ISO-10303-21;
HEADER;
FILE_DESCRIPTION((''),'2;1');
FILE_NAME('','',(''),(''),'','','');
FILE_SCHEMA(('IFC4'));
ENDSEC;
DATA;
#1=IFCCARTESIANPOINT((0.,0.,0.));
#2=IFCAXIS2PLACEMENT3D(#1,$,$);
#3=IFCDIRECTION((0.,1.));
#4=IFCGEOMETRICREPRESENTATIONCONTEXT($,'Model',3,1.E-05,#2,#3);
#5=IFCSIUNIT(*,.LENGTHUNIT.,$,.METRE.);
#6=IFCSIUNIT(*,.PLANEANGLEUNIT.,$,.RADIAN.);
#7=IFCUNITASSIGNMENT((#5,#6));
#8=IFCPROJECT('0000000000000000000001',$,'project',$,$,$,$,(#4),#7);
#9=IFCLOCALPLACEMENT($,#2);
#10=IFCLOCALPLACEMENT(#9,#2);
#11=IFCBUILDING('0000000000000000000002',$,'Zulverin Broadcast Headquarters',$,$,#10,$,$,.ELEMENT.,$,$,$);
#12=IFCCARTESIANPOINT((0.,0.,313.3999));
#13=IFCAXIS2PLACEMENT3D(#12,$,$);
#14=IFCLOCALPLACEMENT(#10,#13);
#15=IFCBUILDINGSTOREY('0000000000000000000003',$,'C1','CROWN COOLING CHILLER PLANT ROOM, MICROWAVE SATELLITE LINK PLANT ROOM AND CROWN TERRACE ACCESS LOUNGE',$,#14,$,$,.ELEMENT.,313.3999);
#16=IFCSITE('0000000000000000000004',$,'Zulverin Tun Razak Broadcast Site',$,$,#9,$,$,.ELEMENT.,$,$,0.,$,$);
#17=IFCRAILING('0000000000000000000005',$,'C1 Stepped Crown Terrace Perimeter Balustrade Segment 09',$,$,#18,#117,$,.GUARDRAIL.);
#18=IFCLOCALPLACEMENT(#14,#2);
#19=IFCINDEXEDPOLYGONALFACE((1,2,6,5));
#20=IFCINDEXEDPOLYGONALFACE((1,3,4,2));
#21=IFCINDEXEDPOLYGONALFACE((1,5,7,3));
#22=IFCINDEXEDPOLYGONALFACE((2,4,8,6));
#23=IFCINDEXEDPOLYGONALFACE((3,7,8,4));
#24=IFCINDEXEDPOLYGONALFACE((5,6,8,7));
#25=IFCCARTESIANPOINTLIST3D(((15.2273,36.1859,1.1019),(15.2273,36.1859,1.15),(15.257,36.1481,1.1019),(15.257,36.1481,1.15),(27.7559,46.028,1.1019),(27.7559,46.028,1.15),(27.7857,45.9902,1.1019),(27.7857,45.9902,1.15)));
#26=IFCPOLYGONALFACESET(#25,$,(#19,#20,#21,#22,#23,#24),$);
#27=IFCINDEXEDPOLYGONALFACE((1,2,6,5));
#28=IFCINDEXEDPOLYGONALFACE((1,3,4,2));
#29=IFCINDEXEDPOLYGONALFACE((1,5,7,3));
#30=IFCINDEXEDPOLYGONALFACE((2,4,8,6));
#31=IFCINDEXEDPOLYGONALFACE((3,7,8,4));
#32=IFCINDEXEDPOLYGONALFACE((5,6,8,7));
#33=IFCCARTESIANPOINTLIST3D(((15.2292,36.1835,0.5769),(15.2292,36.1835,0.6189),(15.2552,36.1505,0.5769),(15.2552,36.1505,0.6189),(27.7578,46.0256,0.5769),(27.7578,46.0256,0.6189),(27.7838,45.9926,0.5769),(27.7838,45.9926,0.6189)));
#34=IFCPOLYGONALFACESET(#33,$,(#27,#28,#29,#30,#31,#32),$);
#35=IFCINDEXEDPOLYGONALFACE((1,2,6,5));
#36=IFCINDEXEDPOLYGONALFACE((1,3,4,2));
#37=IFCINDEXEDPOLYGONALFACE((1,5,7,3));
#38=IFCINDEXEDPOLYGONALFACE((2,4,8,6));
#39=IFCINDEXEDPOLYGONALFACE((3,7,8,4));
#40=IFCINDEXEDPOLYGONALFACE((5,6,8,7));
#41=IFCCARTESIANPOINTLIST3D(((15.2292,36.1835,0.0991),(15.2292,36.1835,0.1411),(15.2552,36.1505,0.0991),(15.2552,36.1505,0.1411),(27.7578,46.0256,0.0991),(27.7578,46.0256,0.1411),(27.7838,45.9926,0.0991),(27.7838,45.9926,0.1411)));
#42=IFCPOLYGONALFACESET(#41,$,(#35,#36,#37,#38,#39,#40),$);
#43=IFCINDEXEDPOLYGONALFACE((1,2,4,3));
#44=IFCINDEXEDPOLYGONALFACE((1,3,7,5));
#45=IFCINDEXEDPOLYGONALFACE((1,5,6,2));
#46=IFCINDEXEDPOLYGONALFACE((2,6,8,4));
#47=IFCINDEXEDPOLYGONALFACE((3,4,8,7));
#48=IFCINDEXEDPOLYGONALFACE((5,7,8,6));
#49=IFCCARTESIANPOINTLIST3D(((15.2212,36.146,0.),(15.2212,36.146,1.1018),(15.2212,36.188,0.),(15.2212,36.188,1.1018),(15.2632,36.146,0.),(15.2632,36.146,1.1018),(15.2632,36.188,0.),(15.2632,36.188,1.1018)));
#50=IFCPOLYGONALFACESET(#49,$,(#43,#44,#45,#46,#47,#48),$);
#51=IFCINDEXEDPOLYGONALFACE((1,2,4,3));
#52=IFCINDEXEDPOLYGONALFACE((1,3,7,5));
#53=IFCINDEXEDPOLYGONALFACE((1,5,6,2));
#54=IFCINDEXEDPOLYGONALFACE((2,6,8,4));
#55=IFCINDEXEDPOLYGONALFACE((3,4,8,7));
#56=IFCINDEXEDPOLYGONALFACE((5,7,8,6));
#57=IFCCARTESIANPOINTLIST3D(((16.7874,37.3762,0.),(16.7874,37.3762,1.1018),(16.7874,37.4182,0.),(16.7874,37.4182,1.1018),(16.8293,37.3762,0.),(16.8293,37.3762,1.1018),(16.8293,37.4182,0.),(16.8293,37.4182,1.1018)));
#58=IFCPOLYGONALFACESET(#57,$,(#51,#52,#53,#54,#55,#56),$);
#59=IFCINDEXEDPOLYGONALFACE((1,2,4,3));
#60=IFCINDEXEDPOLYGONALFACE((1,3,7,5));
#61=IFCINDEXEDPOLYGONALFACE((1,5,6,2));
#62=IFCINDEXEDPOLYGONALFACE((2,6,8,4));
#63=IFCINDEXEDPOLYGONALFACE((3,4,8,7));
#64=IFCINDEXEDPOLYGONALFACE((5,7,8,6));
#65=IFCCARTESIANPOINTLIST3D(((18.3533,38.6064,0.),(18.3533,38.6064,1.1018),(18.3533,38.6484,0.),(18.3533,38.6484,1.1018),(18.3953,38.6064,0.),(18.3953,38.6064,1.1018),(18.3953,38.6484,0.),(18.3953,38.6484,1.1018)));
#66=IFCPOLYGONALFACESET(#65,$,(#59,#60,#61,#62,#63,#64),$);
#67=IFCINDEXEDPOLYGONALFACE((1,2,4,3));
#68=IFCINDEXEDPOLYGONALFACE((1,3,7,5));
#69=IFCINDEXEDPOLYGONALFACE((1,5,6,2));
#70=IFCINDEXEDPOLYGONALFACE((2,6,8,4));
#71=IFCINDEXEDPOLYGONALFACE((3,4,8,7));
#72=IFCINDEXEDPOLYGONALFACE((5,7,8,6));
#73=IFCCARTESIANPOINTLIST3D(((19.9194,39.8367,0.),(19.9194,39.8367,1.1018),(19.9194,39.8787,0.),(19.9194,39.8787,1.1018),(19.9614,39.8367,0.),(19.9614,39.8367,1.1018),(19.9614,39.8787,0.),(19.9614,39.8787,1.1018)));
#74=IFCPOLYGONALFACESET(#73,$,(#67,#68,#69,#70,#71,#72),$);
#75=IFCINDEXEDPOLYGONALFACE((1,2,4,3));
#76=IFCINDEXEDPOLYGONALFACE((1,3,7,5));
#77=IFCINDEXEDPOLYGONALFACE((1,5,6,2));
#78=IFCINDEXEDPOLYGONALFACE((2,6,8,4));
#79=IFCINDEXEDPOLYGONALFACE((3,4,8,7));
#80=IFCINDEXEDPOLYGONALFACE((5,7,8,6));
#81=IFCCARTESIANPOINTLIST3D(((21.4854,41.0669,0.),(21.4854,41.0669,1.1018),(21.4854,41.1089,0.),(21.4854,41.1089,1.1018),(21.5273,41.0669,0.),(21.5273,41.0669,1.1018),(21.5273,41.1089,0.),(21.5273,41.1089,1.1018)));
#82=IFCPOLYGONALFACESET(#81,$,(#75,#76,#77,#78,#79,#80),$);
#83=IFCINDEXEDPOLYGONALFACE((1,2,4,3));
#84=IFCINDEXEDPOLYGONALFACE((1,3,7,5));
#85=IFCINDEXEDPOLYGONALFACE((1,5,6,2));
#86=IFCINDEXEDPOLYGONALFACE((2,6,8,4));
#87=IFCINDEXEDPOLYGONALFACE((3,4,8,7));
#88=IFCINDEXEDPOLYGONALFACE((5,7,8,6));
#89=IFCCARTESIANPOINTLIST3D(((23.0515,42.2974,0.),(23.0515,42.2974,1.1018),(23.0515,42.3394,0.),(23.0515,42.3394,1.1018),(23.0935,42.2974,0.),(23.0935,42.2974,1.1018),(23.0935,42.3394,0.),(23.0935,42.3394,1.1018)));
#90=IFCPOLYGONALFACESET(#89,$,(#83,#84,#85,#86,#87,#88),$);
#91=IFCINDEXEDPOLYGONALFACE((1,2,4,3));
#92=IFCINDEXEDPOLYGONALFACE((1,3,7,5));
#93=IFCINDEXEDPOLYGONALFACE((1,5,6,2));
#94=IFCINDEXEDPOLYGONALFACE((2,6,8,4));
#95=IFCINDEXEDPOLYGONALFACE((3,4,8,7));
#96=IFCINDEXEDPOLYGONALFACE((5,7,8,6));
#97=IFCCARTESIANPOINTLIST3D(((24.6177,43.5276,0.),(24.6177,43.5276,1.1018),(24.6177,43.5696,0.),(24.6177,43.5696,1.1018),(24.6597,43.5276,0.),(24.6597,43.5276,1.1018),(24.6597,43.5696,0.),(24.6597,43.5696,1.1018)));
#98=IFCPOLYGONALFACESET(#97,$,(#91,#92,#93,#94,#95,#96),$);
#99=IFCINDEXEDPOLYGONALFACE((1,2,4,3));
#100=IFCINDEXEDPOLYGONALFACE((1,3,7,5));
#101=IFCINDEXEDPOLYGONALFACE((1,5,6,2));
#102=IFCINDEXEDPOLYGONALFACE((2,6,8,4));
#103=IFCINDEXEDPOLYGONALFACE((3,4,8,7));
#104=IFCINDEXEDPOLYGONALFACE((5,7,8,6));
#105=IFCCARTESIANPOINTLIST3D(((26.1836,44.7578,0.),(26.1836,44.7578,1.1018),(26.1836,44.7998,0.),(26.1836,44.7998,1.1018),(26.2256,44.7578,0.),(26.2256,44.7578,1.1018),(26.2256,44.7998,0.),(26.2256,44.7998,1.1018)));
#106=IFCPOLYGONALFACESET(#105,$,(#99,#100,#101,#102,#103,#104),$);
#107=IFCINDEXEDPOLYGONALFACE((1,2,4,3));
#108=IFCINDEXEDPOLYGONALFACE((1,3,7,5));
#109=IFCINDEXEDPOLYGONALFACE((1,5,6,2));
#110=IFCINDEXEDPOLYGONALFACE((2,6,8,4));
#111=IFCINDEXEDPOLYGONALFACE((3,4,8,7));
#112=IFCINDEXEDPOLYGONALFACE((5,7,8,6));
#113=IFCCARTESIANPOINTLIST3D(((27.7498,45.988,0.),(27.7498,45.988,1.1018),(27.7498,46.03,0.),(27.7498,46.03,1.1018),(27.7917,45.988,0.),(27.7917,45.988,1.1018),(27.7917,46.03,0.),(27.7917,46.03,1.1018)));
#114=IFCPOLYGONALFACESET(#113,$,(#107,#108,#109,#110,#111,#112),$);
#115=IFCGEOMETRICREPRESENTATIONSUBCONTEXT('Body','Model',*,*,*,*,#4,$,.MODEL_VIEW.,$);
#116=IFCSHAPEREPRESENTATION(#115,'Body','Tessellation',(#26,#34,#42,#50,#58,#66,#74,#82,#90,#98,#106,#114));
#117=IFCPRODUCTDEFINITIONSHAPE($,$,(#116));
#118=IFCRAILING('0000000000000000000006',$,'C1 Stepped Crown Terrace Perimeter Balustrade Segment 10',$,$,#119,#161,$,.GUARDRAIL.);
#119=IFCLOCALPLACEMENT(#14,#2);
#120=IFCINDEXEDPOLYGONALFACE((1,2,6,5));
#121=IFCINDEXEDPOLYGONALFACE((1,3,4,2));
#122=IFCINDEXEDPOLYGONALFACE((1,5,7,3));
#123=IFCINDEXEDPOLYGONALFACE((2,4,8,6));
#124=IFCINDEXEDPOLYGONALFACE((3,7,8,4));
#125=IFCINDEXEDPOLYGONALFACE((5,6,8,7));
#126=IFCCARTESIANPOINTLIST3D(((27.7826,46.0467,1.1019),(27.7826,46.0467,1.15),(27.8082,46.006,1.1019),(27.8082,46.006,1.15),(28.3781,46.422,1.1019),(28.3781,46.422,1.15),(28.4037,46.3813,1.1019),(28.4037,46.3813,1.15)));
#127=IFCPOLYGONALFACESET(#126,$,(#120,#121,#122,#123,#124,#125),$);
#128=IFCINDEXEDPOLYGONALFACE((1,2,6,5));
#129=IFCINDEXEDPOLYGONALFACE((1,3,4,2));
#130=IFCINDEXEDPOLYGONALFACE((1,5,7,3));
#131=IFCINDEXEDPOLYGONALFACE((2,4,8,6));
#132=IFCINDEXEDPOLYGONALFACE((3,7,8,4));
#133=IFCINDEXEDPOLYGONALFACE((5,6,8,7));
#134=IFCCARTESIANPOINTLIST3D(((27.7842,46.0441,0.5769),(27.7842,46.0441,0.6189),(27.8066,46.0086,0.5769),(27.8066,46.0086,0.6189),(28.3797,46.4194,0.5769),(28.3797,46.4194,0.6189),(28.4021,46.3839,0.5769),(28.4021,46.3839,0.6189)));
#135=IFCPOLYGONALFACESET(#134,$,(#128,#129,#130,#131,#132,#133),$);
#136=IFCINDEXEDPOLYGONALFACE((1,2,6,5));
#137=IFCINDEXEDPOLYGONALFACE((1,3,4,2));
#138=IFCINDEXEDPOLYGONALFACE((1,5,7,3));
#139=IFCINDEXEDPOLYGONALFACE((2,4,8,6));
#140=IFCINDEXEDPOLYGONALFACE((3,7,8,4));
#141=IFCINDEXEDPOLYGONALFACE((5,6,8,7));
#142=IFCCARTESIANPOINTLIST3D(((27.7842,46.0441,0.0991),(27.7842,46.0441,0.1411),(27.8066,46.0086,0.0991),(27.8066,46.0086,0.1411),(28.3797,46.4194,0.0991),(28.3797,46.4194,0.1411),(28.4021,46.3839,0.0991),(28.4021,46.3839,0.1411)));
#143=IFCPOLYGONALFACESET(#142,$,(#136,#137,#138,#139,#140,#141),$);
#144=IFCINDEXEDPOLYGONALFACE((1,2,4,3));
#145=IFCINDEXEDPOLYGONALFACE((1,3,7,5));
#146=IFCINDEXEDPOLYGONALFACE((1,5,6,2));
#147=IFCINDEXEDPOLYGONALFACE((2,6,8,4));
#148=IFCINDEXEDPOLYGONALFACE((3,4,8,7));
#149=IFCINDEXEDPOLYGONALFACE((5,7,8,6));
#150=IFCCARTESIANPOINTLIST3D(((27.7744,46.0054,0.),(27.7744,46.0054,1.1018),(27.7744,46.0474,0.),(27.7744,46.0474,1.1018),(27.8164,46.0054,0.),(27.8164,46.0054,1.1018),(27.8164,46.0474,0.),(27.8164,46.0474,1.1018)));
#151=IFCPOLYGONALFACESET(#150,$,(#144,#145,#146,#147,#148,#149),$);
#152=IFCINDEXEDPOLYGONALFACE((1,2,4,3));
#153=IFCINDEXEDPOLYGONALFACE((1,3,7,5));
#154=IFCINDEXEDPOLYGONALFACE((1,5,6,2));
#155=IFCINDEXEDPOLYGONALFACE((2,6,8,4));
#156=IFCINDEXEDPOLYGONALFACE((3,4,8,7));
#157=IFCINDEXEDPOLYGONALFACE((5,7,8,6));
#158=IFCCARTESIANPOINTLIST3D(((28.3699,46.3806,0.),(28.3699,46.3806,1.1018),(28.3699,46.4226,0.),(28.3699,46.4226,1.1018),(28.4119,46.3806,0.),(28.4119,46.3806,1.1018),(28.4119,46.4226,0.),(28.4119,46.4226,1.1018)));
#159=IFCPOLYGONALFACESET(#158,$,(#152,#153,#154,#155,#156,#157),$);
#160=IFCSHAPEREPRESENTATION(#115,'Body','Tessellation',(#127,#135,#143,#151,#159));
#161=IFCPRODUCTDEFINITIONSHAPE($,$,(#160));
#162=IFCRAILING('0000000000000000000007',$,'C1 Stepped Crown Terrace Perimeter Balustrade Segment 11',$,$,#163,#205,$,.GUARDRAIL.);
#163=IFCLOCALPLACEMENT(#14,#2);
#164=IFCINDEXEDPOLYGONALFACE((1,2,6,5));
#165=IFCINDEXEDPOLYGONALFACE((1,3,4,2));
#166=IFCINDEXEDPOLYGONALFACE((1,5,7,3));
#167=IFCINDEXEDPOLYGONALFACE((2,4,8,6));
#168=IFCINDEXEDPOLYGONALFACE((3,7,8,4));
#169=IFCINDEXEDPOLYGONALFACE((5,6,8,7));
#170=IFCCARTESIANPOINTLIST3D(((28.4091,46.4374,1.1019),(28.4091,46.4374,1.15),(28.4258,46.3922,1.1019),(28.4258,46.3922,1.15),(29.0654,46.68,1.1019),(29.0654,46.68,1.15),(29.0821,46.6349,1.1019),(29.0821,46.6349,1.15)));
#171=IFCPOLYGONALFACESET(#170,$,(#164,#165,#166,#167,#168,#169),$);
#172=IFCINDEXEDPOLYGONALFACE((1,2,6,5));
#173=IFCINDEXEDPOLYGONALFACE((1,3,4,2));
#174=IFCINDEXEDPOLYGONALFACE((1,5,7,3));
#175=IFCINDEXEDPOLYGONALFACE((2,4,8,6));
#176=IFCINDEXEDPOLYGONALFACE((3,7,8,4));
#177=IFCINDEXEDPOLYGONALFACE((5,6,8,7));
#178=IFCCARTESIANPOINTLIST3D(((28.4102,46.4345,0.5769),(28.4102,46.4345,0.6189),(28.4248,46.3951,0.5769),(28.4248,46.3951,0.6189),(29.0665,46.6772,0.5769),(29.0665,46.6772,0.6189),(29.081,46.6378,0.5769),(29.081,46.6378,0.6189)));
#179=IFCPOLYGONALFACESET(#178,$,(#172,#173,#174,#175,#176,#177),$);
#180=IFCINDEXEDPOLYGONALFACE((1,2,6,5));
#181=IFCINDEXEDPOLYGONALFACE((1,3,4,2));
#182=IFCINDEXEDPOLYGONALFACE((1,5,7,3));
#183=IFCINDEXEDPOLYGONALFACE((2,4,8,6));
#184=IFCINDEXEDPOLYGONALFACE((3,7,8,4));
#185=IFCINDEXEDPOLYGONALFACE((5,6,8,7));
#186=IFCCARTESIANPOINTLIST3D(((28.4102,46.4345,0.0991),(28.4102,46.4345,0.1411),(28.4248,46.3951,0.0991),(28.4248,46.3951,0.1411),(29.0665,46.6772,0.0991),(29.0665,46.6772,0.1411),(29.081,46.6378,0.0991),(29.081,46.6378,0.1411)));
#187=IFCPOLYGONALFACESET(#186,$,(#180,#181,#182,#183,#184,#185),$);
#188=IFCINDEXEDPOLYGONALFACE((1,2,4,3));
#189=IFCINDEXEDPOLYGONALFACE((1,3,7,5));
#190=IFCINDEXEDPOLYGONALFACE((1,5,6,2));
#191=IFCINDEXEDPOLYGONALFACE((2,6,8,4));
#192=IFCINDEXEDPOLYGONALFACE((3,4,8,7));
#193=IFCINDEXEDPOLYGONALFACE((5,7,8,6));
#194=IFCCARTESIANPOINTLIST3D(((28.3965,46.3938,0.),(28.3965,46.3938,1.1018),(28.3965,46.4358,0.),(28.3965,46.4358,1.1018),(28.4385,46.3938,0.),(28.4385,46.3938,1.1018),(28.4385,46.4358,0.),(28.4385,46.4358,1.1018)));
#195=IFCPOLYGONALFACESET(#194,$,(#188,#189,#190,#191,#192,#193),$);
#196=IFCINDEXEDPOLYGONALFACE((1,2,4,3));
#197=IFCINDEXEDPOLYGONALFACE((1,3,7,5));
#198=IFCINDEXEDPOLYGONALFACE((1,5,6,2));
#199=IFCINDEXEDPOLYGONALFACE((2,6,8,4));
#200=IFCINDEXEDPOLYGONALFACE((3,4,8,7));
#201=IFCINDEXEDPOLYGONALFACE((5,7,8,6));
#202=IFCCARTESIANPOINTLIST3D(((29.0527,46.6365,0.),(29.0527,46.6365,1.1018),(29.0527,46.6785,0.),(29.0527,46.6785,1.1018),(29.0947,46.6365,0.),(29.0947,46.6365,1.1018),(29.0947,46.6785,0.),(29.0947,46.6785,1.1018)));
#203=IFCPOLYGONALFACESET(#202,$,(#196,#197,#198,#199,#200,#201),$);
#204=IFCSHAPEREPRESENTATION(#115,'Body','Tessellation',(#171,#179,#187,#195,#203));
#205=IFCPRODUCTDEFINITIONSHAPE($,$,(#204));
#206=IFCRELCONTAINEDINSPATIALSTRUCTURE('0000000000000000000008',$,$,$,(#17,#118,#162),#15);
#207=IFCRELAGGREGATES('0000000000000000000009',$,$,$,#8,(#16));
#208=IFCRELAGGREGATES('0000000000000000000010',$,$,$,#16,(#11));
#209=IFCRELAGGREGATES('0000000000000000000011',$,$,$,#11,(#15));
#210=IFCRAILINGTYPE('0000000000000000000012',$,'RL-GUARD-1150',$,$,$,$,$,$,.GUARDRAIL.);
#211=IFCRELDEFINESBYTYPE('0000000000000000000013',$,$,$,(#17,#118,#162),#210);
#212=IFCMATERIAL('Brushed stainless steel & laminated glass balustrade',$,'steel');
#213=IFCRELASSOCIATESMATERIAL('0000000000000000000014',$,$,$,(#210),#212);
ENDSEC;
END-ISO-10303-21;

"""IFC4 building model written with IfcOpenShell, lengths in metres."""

from ifc_helpers import new_model, si_unit, direction, frame, origin, origin_2d, place, context, subcontext, project, spatial, rectangle, extrude, material, type_object, element, save


model = new_model("IFC4")

# Units and contexts
model_context = context("Model", 3, precision=1e-05, world=origin(), true_north=direction((0.0, 1.0)))
body_context = subcontext(model_context, "Body", "Model", "MODEL_VIEW")
ifc_project = project(units=[si_unit("LENGTHUNIT", "METRE"), si_unit("PLANEANGLEUNIT", "RADIAN")], contexts=[model_context])

# Site, building, storey
site_placement = place(None, origin())
site = spatial("IfcSite", under=ifc_project, at=site_placement, Name="Zulverin Tun Razak Broadcast Site", CompositionType="ELEMENT", RefElevation=0.0)
building_placement = place(site_placement, origin())
building = spatial("IfcBuilding", under=site, at=building_placement, Name="Zulverin Broadcast Headquarters", CompositionType="ELEMENT")
storey_placement = place(building_placement, frame((0.0, 0.0, 313.3999)))
storey = spatial("IfcBuildingStorey", under=building, at=storey_placement, Name="C1", Description="CROWN COOLING CHILLER PLANT ROOM, MICROWAVE SATELLITE LINK PLANT ROOM AND CROWN TERRACE ACCESS LOUNGE", CompositionType="ELEMENT", Elevation=313.3999)

# Railings
ifc_material_1 = material(Name="Brushed stainless steel & laminated glass balustrade", Category="steel")
railing_type = type_object("IfcRailingType", Name="RL-GUARD-1150", PredefinedType="GUARDRAIL", material=ifc_material_1)
railing_1_placement = place(storey_placement, frame((15.2422, 36.167, 0.0)))
element("IfcRailing", 1, at=railing_1_placement, inside=storey, type_object=railing_type, Name="C1 Stepped Crown Terrace Perimeter Balustrade Segment 09", PredefinedType="GUARDRAIL", context=body_context, shape_type="SweptSolid", body=[
    extrude(rectangle(XDim=0.0481, YDim=0.0481, at=origin_2d()), frame((0.0, 0.0, 1.126), z_axis=(0.786374, 0.61775, 0.0), x_axis=(-0.61775, 0.786374, 0.0)), (0.0, 0.0, 1.0), 15.9321),
    extrude(rectangle(XDim=0.042, YDim=0.042, at=origin_2d()), frame((0.0, 0.0, 0.5979), z_axis=(0.786374, 0.61775, 0.0), x_axis=(-0.61775, 0.786374, 0.0)), (0.0, 0.0, 1.0), 15.9321),
    extrude(rectangle(XDim=0.042, YDim=0.042, at=origin_2d()), frame((0.0, 0.0, 0.1201), z_axis=(0.786374, 0.61775, 0.0), x_axis=(-0.61775, 0.786374, 0.0)), (0.0, 0.0, 1.0), 15.9321),
    extrude(rectangle(XDim=0.042, YDim=0.042, at=origin_2d()), origin(), (0.0, 0.0, 1.0), 1.1018),
    extrude(rectangle(XDim=0.042, YDim=0.042, at=origin_2d()), frame((1.5662, 1.2302, 0.0)), (0.0, 0.0, 1.0), 1.1018),
    extrude(rectangle(XDim=0.042, YDim=0.042, at=origin_2d()), frame((3.1321, 2.4604, 0.0)), (0.0, 0.0, 1.0), 1.1018),
    extrude(rectangle(XDim=0.042, YDim=0.042, at=origin_2d()), frame((4.6982, 3.6907, 0.0)), (0.0, 0.0, 1.0), 1.1018),
    extrude(rectangle(XDim=0.042, YDim=0.042, at=origin_2d()), frame((6.2642, 4.9209, 0.0)), (0.0, 0.0, 1.0), 1.1018),
    extrude(rectangle(XDim=0.042, YDim=0.042, at=origin_2d()), frame((7.8303, 6.1514, 0.0)), (0.0, 0.0, 1.0), 1.1018),
    extrude(rectangle(XDim=0.042, YDim=0.042, at=origin_2d()), frame((9.3965, 7.3816, 0.0)), (0.0, 0.0, 1.0), 1.1018),
    extrude(rectangle(XDim=0.042, YDim=0.042, at=origin_2d()), frame((10.9624, 8.6118, 0.0)), (0.0, 0.0, 1.0), 1.1018),
    extrude(rectangle(XDim=0.042, YDim=0.042, at=origin_2d()), frame((12.5286, 9.842, 0.0)), (0.0, 0.0, 1.0), 1.1018),
])
railing_2_placement = place(storey_placement, frame((27.7954, 46.0264, 0.0)))
element("IfcRailing", 2, at=railing_2_placement, inside=storey, type_object=railing_type, Name="C1 Stepped Crown Terrace Perimeter Balustrade Segment 10", PredefinedType="GUARDRAIL", context=body_context, shape_type="SweptSolid", body=[
    extrude(rectangle(XDim=0.0481, YDim=0.0481, at=origin_2d()), frame((0.0, 0.0, 1.126), z_axis=(0.846024, 0.533144, 0.0), x_axis=(-0.533144, 0.846024, 0.0)), (0.0, 0.0, 1.0), 0.7039),
    extrude(rectangle(XDim=0.042, YDim=0.042, at=origin_2d()), frame((0.0, 0.0, 0.5979), z_axis=(0.846024, 0.533144, 0.0), x_axis=(-0.533144, 0.846024, 0.0)), (0.0, 0.0, 1.0), 0.7039),
    extrude(rectangle(XDim=0.042, YDim=0.042, at=origin_2d()), frame((0.0, 0.0, 0.1201), z_axis=(0.846024, 0.533144, 0.0), x_axis=(-0.533144, 0.846024, 0.0)), (0.0, 0.0, 1.0), 0.7039),
    extrude(rectangle(XDim=0.042, YDim=0.042, at=origin_2d()), origin(), (0.0, 0.0, 1.0), 1.1018),
    extrude(rectangle(XDim=0.042, YDim=0.042, at=origin_2d()), frame((0.5955, 0.3752, 0.0)), (0.0, 0.0, 1.0), 1.1018),
])
railing_3_placement = place(storey_placement, frame((28.4175, 46.4148, 0.0)))
element("IfcRailing", 3, at=railing_3_placement, inside=storey, type_object=railing_type, Name="C1 Stepped Crown Terrace Perimeter Balustrade Segment 11", PredefinedType="GUARDRAIL", context=body_context, shape_type="SweptSolid", body=[
    extrude(rectangle(XDim=0.0481, YDim=0.0481, at=origin_2d()), frame((0.0, 0.0, 1.126), z_axis=(0.937925, 0.346837, 0.0), x_axis=(-0.346837, 0.937925, 0.0)), (0.0, 0.0, 1.0), 0.6997),
    extrude(rectangle(XDim=0.042, YDim=0.042, at=origin_2d()), frame((0.0, 0.0, 0.5979), z_axis=(0.937925, 0.346837, 0.0), x_axis=(-0.346837, 0.937925, 0.0)), (0.0, 0.0, 1.0), 0.6997),
    extrude(rectangle(XDim=0.042, YDim=0.042, at=origin_2d()), frame((0.0, 0.0, 0.1201), z_axis=(0.937925, 0.346837, 0.0), x_axis=(-0.346837, 0.937925, 0.0)), (0.0, 0.0, 1.0), 0.6997),
    extrude(rectangle(XDim=0.042, YDim=0.042, at=origin_2d()), origin(), (0.0, 0.0, 1.0), 1.1018),
    extrude(rectangle(XDim=0.042, YDim=0.042, at=origin_2d()), frame((0.6562, 0.2427, 0.0)), (0.0, 0.0, 1.0), 1.1018),
])

save(model, "model.ifc")
